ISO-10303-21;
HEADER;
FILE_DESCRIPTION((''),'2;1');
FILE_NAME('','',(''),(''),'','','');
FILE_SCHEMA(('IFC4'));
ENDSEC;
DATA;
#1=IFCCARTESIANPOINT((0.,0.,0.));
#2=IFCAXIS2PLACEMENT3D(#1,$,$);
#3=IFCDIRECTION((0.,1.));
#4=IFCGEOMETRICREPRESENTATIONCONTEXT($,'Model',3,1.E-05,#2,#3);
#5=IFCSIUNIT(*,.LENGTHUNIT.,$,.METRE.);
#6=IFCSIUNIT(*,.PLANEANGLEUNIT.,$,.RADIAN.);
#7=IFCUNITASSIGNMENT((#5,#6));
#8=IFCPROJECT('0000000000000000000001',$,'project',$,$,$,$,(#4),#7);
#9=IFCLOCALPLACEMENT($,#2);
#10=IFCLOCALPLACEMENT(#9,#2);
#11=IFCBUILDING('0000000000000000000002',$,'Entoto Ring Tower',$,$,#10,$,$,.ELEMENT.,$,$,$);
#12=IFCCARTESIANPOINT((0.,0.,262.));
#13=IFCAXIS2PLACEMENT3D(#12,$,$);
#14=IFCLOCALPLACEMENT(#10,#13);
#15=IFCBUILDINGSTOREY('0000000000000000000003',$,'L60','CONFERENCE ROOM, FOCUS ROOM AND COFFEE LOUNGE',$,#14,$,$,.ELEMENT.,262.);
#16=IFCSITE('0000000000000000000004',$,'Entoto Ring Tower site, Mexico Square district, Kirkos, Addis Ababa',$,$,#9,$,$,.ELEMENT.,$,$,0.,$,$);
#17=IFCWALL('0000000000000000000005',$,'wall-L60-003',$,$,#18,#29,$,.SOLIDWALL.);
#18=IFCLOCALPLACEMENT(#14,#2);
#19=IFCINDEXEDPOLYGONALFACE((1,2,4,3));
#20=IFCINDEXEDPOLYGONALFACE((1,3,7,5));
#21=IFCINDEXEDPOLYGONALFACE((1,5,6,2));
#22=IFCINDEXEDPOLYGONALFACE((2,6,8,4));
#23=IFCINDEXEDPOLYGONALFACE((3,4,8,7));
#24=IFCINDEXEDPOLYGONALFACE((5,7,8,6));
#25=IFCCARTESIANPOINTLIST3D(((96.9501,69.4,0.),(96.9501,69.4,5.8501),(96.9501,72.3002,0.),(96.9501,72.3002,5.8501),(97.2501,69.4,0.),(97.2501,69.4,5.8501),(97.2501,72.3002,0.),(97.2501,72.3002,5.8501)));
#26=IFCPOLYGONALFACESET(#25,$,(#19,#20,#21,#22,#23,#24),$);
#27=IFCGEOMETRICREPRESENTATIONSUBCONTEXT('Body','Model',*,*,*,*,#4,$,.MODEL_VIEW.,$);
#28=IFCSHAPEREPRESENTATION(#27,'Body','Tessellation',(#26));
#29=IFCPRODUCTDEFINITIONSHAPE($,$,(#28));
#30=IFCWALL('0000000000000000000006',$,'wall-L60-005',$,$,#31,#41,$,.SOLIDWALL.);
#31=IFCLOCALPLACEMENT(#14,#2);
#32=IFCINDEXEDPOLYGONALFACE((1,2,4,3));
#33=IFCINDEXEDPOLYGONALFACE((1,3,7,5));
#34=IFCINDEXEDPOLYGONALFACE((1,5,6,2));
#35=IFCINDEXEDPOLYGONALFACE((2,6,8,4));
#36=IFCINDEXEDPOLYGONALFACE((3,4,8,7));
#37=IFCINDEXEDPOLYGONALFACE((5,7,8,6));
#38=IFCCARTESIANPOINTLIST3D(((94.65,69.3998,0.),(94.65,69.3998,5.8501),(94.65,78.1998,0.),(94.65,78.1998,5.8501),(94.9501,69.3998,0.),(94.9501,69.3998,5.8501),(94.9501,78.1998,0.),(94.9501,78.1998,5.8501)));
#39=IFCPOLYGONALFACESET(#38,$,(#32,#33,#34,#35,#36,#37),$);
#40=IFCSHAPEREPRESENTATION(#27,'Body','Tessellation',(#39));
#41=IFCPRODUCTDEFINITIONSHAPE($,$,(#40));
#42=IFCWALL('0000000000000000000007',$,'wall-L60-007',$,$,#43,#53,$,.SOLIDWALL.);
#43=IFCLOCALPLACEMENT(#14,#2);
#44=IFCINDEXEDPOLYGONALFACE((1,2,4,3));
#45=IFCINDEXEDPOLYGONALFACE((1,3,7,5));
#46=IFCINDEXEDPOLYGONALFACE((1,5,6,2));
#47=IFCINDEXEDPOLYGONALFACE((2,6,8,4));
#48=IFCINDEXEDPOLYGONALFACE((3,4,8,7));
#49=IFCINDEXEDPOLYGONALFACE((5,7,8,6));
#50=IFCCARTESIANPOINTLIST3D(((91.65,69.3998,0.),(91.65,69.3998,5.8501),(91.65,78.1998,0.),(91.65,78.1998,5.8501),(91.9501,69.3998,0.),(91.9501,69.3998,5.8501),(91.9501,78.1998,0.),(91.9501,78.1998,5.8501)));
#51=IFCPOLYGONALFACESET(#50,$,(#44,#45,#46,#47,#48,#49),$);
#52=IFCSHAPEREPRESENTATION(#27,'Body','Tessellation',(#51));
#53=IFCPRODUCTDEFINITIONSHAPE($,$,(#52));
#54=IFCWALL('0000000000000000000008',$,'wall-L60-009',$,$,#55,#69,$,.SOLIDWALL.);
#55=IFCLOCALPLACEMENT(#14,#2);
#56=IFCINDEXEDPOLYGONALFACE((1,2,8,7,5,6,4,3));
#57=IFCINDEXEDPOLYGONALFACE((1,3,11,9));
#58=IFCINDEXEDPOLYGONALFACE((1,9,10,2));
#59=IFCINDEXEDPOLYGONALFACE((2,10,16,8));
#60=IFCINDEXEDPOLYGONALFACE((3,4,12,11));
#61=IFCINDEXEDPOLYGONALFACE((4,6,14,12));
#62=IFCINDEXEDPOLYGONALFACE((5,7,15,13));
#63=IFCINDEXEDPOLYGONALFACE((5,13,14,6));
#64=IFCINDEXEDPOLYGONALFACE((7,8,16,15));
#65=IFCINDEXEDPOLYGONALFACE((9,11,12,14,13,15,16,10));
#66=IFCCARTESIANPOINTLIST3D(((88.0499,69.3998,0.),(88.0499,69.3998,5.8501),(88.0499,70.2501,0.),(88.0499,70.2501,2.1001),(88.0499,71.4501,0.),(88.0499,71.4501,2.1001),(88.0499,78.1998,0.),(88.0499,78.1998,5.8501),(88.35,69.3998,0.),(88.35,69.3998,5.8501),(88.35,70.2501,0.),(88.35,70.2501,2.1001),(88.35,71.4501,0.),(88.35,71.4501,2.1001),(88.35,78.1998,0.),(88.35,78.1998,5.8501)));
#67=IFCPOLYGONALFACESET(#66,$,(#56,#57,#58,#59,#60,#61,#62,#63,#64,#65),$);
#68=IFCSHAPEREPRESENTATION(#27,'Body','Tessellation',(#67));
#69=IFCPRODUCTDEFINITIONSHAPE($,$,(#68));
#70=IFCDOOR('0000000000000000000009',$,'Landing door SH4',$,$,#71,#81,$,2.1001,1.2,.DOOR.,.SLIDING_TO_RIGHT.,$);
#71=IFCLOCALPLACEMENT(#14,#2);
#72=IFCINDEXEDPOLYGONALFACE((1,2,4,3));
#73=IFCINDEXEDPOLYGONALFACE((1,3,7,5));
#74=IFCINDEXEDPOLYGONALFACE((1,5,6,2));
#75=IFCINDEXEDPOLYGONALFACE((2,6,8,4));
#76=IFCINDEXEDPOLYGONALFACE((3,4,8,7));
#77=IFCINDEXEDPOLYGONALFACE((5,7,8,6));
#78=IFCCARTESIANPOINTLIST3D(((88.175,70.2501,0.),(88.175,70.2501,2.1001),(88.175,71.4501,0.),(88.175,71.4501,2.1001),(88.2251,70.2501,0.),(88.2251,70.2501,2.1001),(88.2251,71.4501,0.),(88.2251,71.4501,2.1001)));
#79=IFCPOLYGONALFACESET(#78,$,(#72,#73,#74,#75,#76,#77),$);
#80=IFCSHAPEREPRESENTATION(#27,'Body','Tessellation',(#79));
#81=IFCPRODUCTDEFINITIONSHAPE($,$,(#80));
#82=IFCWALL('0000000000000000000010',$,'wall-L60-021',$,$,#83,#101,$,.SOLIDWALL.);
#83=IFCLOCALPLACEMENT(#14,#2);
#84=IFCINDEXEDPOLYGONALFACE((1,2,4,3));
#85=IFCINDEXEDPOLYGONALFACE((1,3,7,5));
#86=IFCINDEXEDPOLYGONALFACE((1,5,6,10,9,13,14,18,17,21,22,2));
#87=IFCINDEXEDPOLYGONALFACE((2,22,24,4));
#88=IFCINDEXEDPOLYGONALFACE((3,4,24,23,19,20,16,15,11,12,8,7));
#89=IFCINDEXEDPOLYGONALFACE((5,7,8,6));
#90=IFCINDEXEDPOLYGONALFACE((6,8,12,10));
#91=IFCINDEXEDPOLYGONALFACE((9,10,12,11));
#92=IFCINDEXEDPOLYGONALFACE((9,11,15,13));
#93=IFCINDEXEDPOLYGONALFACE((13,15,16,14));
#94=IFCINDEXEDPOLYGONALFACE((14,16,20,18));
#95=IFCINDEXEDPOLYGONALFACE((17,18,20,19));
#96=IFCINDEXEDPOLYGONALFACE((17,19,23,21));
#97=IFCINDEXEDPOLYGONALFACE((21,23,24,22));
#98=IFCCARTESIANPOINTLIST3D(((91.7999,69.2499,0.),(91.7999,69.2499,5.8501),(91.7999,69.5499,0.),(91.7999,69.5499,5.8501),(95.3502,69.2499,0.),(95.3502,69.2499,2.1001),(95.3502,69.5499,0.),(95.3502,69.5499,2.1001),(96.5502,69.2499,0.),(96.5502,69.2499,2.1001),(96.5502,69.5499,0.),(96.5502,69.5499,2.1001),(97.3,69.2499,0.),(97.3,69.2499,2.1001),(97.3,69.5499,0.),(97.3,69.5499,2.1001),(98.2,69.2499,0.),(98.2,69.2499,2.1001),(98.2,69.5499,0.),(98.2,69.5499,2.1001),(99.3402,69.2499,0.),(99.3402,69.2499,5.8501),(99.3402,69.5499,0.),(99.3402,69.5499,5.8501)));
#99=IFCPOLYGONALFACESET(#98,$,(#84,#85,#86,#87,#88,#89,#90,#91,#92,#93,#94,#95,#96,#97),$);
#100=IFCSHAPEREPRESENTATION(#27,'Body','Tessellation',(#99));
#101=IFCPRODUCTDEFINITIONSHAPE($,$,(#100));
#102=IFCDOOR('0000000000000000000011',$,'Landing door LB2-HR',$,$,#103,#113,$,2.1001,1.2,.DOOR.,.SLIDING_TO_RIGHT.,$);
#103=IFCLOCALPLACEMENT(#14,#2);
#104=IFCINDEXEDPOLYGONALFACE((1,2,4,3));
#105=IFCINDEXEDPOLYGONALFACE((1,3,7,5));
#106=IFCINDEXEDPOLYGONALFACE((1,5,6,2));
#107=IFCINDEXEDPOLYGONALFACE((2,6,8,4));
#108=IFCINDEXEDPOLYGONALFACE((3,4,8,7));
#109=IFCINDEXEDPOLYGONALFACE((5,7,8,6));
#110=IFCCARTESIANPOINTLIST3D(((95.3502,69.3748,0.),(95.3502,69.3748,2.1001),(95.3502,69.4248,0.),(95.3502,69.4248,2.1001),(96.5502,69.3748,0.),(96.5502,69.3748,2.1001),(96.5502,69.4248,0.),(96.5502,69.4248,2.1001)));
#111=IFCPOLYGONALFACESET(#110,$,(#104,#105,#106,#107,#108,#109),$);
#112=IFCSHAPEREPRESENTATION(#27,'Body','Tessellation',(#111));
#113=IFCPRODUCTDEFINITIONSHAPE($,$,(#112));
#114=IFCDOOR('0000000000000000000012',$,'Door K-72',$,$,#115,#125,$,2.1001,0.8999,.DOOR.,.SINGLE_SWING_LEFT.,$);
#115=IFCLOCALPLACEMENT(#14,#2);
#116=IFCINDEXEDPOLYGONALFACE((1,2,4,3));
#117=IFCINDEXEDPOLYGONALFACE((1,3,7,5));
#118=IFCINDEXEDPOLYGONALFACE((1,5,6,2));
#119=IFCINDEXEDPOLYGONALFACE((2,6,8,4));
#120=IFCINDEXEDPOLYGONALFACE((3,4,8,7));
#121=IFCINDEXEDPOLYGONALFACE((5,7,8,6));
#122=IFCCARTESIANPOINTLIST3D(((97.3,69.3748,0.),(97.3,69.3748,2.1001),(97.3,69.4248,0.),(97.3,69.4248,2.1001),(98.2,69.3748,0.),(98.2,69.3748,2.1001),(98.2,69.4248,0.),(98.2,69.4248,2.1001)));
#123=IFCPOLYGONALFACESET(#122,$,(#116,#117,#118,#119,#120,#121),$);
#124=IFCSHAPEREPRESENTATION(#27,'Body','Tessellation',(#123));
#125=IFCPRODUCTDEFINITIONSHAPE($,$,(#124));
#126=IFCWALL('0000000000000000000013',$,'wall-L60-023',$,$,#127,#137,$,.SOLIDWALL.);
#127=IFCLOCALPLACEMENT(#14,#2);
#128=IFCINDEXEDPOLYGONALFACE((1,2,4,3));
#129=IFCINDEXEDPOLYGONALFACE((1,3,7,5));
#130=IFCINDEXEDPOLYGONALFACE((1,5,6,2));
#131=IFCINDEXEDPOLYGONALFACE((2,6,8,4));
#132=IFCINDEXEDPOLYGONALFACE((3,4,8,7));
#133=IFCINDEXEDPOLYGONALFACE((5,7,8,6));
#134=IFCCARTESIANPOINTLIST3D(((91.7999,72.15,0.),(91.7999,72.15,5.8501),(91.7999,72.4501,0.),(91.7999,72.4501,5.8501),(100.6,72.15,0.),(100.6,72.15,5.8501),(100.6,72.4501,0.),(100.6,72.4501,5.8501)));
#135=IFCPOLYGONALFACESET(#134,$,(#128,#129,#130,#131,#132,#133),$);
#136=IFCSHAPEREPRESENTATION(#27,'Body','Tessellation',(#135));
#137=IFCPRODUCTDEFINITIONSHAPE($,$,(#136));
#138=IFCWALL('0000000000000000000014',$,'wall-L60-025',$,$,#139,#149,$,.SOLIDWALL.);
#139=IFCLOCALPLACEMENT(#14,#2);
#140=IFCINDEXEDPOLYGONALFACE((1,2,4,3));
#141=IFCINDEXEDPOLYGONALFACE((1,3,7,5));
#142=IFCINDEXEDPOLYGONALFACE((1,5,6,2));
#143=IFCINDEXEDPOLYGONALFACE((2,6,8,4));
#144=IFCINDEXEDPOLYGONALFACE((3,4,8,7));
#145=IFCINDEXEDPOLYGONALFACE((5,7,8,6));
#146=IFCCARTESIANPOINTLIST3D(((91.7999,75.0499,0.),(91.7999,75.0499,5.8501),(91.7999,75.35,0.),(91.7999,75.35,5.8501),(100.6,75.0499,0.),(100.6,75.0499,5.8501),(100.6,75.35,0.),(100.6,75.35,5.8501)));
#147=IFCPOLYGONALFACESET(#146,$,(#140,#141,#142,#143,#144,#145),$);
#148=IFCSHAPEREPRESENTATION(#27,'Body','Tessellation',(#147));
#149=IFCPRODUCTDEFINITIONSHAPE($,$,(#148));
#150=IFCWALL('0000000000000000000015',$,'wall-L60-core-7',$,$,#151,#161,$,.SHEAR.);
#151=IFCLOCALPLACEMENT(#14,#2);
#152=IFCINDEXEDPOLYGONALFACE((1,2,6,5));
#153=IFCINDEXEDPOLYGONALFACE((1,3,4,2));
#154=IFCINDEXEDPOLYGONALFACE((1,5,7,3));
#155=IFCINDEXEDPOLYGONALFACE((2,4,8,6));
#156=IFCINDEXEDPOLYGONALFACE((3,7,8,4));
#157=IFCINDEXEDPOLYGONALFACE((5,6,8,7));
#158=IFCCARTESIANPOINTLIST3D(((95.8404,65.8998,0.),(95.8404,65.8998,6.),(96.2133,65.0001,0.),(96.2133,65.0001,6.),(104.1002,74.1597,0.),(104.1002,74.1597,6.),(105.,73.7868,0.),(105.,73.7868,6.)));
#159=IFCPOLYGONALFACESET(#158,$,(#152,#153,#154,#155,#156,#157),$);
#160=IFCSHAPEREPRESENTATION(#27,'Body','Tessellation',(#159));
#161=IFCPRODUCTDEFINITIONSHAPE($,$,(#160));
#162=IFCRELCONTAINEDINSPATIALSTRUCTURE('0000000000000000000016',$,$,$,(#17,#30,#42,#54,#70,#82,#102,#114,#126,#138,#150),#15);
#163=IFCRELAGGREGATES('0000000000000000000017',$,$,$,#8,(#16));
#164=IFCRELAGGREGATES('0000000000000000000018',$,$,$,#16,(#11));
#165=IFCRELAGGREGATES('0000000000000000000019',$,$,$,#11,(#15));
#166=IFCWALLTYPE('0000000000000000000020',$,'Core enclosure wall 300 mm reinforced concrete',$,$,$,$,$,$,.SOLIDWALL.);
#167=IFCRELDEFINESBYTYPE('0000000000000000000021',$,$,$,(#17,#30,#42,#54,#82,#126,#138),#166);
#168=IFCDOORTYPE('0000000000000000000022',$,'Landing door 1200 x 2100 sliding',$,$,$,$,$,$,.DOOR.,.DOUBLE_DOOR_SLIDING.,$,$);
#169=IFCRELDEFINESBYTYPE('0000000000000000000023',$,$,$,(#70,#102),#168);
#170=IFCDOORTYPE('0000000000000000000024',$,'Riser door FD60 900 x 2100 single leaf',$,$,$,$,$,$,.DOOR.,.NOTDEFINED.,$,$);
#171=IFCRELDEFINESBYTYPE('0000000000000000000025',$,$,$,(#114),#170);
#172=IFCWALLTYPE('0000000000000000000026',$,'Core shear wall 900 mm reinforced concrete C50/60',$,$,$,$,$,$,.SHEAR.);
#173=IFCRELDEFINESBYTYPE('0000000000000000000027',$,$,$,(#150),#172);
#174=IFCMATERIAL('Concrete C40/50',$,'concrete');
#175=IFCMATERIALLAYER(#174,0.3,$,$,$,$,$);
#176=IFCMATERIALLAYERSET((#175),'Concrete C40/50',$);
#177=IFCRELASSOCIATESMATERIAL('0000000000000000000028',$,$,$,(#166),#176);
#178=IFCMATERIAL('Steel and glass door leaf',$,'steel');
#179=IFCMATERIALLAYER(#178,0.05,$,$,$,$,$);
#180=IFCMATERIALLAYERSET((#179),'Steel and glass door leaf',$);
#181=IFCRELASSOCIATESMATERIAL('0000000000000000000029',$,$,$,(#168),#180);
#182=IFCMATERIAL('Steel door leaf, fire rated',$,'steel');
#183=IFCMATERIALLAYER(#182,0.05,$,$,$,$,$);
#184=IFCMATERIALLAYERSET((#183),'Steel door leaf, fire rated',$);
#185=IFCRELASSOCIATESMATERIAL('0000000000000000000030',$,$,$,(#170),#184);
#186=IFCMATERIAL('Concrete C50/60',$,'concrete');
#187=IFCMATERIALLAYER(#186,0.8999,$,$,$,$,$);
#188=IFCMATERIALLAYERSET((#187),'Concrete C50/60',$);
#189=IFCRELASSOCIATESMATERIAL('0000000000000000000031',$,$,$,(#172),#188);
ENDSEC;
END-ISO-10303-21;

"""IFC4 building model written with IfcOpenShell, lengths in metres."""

from ifc_helpers import new_model, si_unit, direction, frame, frame_2d, origin, place, context, subcontext, project, spatial, polyline, rectangle, outline, extrude, material, layer, layer_set, type_object, element, fill, save


model = new_model("IFC4")

# Units and contexts
model_context = context("Model", 3, precision=1e-05, world=origin(), true_north=direction((0.0, 1.0)))
body_context = subcontext(model_context, "Body", "Model", "MODEL_VIEW")
ifc_project = project(units=[si_unit("LENGTHUNIT", "METRE"), si_unit("PLANEANGLEUNIT", "RADIAN")], contexts=[model_context])

# Site, building, storey
site_placement = place(None, origin())
site = spatial("IfcSite", under=ifc_project, at=site_placement, Name="Entoto Ring Tower site, Mexico Square district, Kirkos, Addis Ababa", CompositionType="ELEMENT", RefElevation=0.0)
building_placement = place(site_placement, origin())
building = spatial("IfcBuilding", under=site, at=building_placement, Name="Entoto Ring Tower", CompositionType="ELEMENT")
storey_placement = place(building_placement, frame((0.0, 0.0, 262.0)))
storey = spatial("IfcBuildingStorey", under=building, at=storey_placement, Name="L60", Description="CONFERENCE ROOM, FOCUS ROOM AND COFFEE LOUNGE", CompositionType="ELEMENT", Elevation=262.0)

# Walls
ifc_material_1 = material(Name="Concrete C40/50", Category="concrete")
ifc_layer_1 = layer(ifc_material_1, 0.3)
ifc_layer_set_1 = layer_set([ifc_layer_1], Name="Concrete C40/50")
wall_type_1 = type_object("IfcWallType", Name="Core enclosure wall 300 mm reinforced concrete", PredefinedType="SOLIDWALL", material=ifc_layer_set_1)
wall_1_placement = place(storey_placement, frame((97.1001, 69.3999, 0.0), z_axis=(0.0, 0.0, 1.0), x_axis=(0.0, 1.0, 0.0)))
element("IfcWall", 1, at=wall_1_placement, inside=storey, type_object=wall_type_1, Name="wall-L60-003", PredefinedType="SOLIDWALL", context=body_context, shape_type="SweptSolid", body=[
    extrude(rectangle(XDim=2.9001, YDim=0.3, at=frame_2d((1.4502, 0.0))), origin(), (0.0, 0.0, 1.0), 5.8501),
])
for number, where, z_axis, x_axis, name in (
    (2, (94.8, 69.3999, 0.0), (0.0, 0.0, 1.0), (0.0, 1.0, 0.0), "wall-L60-005"),
    (3, (91.8, 69.3999, 0.0), (0.0, 0.0, 1.0), (0.0, 1.0, 0.0), "wall-L60-007"),
):
    element("IfcWall", number, at=place(storey_placement, frame(where, z_axis=z_axis, x_axis=x_axis)), inside=storey, type_object=wall_type_1, Name=name, PredefinedType="SOLIDWALL", context=body_context, shape_type="SweptSolid", body=[
        extrude(rectangle(XDim=8.8, YDim=0.3, at=frame_2d((4.3999, 0.0))), origin(), (0.0, 0.0, 1.0), 5.8501),
    ])

# Wall, opening, door
wall_2_placement = place(storey_placement, frame((88.2, 69.3999, 0.0), z_axis=(0.0, 0.0, 1.0), x_axis=(0.0, 1.0, 0.0)))
wall_2 = element("IfcWall", 4, at=wall_2_placement, inside=storey, type_object=wall_type_1, Name="wall-L60-009", PredefinedType="SOLIDWALL", context=body_context, shape_type="SweptSolid", body=[
    extrude(rectangle(XDim=8.8, YDim=0.3, at=frame_2d((4.3999, 0.0))), origin(), (0.0, 0.0, 1.0), 5.8501),
])
opening_1_placement = place(wall_2_placement, frame((0.8501, 0.0, 0.0)))
opening_1 = element("IfcOpeningElement", 5, at=opening_1_placement, cuts=wall_2, PredefinedType="OPENING", context=body_context, shape_type="SweptSolid", body=[
    extrude(rectangle(XDim=1.2, YDim=2.1001, at=frame_2d((0.6001, 1.05))), frame((0.0, 0.1602, 0.0), z_axis=(0.0, -1.0, 0.0), x_axis=(1.0, 0.0, 0.0)), (0.0, 0.0, 1.0), 0.3201),
])
ifc_material_2 = material(Name="Steel and glass door leaf", Category="steel")
ifc_layer_2 = layer(ifc_material_2, 0.05)
ifc_layer_set_2 = layer_set([ifc_layer_2], Name="Steel and glass door leaf")
door_type_1 = type_object("IfcDoorType", Name="Landing door 1200 x 2100 sliding", OperationType="DOUBLE_DOOR_SLIDING", PredefinedType="DOOR", material=ifc_layer_set_2)
door_1_placement = place(opening_1_placement, origin())
door_1 = element("IfcDoor", 6, at=door_1_placement, inside=storey, type_object=door_type_1, Name="Landing door SH4", OperationType="SLIDING_TO_RIGHT", OverallHeight=2.1001, OverallWidth=1.2, PredefinedType="DOOR", context=body_context, shape_type="SweptSolid", body=[
    extrude(rectangle(XDim=1.2, YDim=2.1001, at=frame_2d((0.6001, 1.05))), frame((0.0, 0.0249, 0.0), z_axis=(0.0, -1.0, 0.0), x_axis=(1.0, 0.0, 0.0)), (0.0, 0.0, 1.0), 0.05),
])
fill(opening_1, door_1)

# Wall, openings, doors
wall_3_placement = place(storey_placement, frame((91.8, 69.3999, 0.0), z_axis=(0.0, 0.0, 1.0), x_axis=(1.0, 0.0, 0.0)))
wall_3 = element("IfcWall", 7, at=wall_3_placement, inside=storey, type_object=wall_type_1, Name="wall-L60-021", PredefinedType="SOLIDWALL", context=body_context, shape_type="SweptSolid", body=[
    extrude(rectangle(XDim=7.5403, YDim=0.3, at=frame_2d((3.77, 0.0))), origin(), (0.0, 0.0, 1.0), 5.8501),
])
opening_2_placement = place(wall_3_placement, frame((3.55, 0.0, 0.0)))
opening_2 = element("IfcOpeningElement", 8, at=opening_2_placement, cuts=wall_3, PredefinedType="OPENING", context=body_context, shape_type="SweptSolid", body=[
    extrude(rectangle(XDim=1.2, YDim=2.1001, at=frame_2d((0.6001, 1.05))), frame((0.0, 0.1602, 0.0), z_axis=(0.0, -1.0, 0.0), x_axis=(1.0, 0.0, 0.0)), (0.0, 0.0, 1.0), 0.3201),
])
opening_3_placement = place(wall_3_placement, frame((5.5, 0.0, 0.0)))
opening_3 = element("IfcOpeningElement", 9, at=opening_3_placement, cuts=wall_3, PredefinedType="OPENING", context=body_context, shape_type="SweptSolid", body=[
    extrude(rectangle(XDim=0.8999, YDim=2.1001, at=frame_2d((0.45, 1.05))), frame((0.0, 0.1602, 0.0), z_axis=(0.0, -1.0, 0.0), x_axis=(1.0, 0.0, 0.0)), (0.0, 0.0, 1.0), 0.3201),
])
door_2_placement = place(opening_2_placement, origin())
door_2 = element("IfcDoor", 10, at=door_2_placement, inside=storey, type_object=door_type_1, Name="Landing door LB2-HR", OperationType="SLIDING_TO_RIGHT", OverallHeight=2.1001, OverallWidth=1.2, PredefinedType="DOOR", context=body_context, shape_type="SweptSolid", body=[
    extrude(rectangle(XDim=1.2, YDim=2.1001, at=frame_2d((0.6001, 1.05))), frame((0.0, 0.0249, 0.0), z_axis=(0.0, -1.0, 0.0), x_axis=(1.0, 0.0, 0.0)), (0.0, 0.0, 1.0), 0.05),
])
fill(opening_2, door_2)
ifc_material_3 = material(Name="Steel door leaf, fire rated", Category="steel")
ifc_layer_3 = layer(ifc_material_3, 0.05)
ifc_layer_set_3 = layer_set([ifc_layer_3], Name="Steel door leaf, fire rated")
door_type_2 = type_object("IfcDoorType", Name="Riser door FD60 900 x 2100 single leaf", OperationType="NOTDEFINED", PredefinedType="DOOR", material=ifc_layer_set_3)
door_3_placement = place(opening_3_placement, origin())
door_3 = element("IfcDoor", 11, at=door_3_placement, inside=storey, type_object=door_type_2, Name="Door K-72", OperationType="SINGLE_SWING_LEFT", OverallHeight=2.1001, OverallWidth=0.8999, PredefinedType="DOOR", context=body_context, shape_type="SweptSolid", body=[
    extrude(rectangle(XDim=0.8999, YDim=2.1001, at=frame_2d((0.45, 1.05))), frame((0.0, 0.0249, 0.0), z_axis=(0.0, -1.0, 0.0), x_axis=(1.0, 0.0, 0.0)), (0.0, 0.0, 1.0), 0.05),
])
fill(opening_3, door_3)

# Walls
for number, where, z_axis, x_axis, name in (
    (12, (91.8, 72.3, 0.0), (0.0, 0.0, 1.0), (1.0, 0.0, 0.0), "wall-L60-023"),
    (13, (91.8, 75.2, 0.0), (0.0, 0.0, 1.0), (1.0, 0.0, 0.0), "wall-L60-025"),
):
    element("IfcWall", number, at=place(storey_placement, frame(where, z_axis=z_axis, x_axis=x_axis)), inside=storey, type_object=wall_type_1, Name=name, PredefinedType="SOLIDWALL", context=body_context, shape_type="SweptSolid", body=[
        extrude(rectangle(XDim=8.8, YDim=0.3, at=frame_2d((4.3999, 0.0))), origin(), (0.0, 0.0, 1.0), 5.8501),
    ])
ifc_material_4 = material(Name="Concrete C50/60", Category="concrete")
ifc_layer_4 = layer(ifc_material_4, 0.8999)
ifc_layer_set_4 = layer_set([ifc_layer_4], Name="Concrete C50/60")
wall_type_2 = type_object("IfcWallType", Name="Core shear wall 900 mm reinforced concrete C50/60", PredefinedType="SHEAR", material=ifc_layer_set_4)
wall_4_placement = place(storey_placement, frame((96.0269, 65.45, 0.0), z_axis=(0.0, 0.0, 1.0), x_axis=(0.707107, 0.707107, 0.0)))
element("IfcWall", 14, at=wall_4_placement, inside=storey, type_object=wall_type_2, Name="wall-L60-core-7", PredefinedType="SHEAR", context=body_context, shape_type="SweptSolid", body=[
    extrude(outline(polyline([(-0.1863, -0.45), (12.24, -0.45), (11.8674, 0.45), (0.1863, 0.45), (-0.1863, -0.45)])), origin(), (0.0, 0.0, 1.0), 6.0),
])

save(model, "model.ifc")
